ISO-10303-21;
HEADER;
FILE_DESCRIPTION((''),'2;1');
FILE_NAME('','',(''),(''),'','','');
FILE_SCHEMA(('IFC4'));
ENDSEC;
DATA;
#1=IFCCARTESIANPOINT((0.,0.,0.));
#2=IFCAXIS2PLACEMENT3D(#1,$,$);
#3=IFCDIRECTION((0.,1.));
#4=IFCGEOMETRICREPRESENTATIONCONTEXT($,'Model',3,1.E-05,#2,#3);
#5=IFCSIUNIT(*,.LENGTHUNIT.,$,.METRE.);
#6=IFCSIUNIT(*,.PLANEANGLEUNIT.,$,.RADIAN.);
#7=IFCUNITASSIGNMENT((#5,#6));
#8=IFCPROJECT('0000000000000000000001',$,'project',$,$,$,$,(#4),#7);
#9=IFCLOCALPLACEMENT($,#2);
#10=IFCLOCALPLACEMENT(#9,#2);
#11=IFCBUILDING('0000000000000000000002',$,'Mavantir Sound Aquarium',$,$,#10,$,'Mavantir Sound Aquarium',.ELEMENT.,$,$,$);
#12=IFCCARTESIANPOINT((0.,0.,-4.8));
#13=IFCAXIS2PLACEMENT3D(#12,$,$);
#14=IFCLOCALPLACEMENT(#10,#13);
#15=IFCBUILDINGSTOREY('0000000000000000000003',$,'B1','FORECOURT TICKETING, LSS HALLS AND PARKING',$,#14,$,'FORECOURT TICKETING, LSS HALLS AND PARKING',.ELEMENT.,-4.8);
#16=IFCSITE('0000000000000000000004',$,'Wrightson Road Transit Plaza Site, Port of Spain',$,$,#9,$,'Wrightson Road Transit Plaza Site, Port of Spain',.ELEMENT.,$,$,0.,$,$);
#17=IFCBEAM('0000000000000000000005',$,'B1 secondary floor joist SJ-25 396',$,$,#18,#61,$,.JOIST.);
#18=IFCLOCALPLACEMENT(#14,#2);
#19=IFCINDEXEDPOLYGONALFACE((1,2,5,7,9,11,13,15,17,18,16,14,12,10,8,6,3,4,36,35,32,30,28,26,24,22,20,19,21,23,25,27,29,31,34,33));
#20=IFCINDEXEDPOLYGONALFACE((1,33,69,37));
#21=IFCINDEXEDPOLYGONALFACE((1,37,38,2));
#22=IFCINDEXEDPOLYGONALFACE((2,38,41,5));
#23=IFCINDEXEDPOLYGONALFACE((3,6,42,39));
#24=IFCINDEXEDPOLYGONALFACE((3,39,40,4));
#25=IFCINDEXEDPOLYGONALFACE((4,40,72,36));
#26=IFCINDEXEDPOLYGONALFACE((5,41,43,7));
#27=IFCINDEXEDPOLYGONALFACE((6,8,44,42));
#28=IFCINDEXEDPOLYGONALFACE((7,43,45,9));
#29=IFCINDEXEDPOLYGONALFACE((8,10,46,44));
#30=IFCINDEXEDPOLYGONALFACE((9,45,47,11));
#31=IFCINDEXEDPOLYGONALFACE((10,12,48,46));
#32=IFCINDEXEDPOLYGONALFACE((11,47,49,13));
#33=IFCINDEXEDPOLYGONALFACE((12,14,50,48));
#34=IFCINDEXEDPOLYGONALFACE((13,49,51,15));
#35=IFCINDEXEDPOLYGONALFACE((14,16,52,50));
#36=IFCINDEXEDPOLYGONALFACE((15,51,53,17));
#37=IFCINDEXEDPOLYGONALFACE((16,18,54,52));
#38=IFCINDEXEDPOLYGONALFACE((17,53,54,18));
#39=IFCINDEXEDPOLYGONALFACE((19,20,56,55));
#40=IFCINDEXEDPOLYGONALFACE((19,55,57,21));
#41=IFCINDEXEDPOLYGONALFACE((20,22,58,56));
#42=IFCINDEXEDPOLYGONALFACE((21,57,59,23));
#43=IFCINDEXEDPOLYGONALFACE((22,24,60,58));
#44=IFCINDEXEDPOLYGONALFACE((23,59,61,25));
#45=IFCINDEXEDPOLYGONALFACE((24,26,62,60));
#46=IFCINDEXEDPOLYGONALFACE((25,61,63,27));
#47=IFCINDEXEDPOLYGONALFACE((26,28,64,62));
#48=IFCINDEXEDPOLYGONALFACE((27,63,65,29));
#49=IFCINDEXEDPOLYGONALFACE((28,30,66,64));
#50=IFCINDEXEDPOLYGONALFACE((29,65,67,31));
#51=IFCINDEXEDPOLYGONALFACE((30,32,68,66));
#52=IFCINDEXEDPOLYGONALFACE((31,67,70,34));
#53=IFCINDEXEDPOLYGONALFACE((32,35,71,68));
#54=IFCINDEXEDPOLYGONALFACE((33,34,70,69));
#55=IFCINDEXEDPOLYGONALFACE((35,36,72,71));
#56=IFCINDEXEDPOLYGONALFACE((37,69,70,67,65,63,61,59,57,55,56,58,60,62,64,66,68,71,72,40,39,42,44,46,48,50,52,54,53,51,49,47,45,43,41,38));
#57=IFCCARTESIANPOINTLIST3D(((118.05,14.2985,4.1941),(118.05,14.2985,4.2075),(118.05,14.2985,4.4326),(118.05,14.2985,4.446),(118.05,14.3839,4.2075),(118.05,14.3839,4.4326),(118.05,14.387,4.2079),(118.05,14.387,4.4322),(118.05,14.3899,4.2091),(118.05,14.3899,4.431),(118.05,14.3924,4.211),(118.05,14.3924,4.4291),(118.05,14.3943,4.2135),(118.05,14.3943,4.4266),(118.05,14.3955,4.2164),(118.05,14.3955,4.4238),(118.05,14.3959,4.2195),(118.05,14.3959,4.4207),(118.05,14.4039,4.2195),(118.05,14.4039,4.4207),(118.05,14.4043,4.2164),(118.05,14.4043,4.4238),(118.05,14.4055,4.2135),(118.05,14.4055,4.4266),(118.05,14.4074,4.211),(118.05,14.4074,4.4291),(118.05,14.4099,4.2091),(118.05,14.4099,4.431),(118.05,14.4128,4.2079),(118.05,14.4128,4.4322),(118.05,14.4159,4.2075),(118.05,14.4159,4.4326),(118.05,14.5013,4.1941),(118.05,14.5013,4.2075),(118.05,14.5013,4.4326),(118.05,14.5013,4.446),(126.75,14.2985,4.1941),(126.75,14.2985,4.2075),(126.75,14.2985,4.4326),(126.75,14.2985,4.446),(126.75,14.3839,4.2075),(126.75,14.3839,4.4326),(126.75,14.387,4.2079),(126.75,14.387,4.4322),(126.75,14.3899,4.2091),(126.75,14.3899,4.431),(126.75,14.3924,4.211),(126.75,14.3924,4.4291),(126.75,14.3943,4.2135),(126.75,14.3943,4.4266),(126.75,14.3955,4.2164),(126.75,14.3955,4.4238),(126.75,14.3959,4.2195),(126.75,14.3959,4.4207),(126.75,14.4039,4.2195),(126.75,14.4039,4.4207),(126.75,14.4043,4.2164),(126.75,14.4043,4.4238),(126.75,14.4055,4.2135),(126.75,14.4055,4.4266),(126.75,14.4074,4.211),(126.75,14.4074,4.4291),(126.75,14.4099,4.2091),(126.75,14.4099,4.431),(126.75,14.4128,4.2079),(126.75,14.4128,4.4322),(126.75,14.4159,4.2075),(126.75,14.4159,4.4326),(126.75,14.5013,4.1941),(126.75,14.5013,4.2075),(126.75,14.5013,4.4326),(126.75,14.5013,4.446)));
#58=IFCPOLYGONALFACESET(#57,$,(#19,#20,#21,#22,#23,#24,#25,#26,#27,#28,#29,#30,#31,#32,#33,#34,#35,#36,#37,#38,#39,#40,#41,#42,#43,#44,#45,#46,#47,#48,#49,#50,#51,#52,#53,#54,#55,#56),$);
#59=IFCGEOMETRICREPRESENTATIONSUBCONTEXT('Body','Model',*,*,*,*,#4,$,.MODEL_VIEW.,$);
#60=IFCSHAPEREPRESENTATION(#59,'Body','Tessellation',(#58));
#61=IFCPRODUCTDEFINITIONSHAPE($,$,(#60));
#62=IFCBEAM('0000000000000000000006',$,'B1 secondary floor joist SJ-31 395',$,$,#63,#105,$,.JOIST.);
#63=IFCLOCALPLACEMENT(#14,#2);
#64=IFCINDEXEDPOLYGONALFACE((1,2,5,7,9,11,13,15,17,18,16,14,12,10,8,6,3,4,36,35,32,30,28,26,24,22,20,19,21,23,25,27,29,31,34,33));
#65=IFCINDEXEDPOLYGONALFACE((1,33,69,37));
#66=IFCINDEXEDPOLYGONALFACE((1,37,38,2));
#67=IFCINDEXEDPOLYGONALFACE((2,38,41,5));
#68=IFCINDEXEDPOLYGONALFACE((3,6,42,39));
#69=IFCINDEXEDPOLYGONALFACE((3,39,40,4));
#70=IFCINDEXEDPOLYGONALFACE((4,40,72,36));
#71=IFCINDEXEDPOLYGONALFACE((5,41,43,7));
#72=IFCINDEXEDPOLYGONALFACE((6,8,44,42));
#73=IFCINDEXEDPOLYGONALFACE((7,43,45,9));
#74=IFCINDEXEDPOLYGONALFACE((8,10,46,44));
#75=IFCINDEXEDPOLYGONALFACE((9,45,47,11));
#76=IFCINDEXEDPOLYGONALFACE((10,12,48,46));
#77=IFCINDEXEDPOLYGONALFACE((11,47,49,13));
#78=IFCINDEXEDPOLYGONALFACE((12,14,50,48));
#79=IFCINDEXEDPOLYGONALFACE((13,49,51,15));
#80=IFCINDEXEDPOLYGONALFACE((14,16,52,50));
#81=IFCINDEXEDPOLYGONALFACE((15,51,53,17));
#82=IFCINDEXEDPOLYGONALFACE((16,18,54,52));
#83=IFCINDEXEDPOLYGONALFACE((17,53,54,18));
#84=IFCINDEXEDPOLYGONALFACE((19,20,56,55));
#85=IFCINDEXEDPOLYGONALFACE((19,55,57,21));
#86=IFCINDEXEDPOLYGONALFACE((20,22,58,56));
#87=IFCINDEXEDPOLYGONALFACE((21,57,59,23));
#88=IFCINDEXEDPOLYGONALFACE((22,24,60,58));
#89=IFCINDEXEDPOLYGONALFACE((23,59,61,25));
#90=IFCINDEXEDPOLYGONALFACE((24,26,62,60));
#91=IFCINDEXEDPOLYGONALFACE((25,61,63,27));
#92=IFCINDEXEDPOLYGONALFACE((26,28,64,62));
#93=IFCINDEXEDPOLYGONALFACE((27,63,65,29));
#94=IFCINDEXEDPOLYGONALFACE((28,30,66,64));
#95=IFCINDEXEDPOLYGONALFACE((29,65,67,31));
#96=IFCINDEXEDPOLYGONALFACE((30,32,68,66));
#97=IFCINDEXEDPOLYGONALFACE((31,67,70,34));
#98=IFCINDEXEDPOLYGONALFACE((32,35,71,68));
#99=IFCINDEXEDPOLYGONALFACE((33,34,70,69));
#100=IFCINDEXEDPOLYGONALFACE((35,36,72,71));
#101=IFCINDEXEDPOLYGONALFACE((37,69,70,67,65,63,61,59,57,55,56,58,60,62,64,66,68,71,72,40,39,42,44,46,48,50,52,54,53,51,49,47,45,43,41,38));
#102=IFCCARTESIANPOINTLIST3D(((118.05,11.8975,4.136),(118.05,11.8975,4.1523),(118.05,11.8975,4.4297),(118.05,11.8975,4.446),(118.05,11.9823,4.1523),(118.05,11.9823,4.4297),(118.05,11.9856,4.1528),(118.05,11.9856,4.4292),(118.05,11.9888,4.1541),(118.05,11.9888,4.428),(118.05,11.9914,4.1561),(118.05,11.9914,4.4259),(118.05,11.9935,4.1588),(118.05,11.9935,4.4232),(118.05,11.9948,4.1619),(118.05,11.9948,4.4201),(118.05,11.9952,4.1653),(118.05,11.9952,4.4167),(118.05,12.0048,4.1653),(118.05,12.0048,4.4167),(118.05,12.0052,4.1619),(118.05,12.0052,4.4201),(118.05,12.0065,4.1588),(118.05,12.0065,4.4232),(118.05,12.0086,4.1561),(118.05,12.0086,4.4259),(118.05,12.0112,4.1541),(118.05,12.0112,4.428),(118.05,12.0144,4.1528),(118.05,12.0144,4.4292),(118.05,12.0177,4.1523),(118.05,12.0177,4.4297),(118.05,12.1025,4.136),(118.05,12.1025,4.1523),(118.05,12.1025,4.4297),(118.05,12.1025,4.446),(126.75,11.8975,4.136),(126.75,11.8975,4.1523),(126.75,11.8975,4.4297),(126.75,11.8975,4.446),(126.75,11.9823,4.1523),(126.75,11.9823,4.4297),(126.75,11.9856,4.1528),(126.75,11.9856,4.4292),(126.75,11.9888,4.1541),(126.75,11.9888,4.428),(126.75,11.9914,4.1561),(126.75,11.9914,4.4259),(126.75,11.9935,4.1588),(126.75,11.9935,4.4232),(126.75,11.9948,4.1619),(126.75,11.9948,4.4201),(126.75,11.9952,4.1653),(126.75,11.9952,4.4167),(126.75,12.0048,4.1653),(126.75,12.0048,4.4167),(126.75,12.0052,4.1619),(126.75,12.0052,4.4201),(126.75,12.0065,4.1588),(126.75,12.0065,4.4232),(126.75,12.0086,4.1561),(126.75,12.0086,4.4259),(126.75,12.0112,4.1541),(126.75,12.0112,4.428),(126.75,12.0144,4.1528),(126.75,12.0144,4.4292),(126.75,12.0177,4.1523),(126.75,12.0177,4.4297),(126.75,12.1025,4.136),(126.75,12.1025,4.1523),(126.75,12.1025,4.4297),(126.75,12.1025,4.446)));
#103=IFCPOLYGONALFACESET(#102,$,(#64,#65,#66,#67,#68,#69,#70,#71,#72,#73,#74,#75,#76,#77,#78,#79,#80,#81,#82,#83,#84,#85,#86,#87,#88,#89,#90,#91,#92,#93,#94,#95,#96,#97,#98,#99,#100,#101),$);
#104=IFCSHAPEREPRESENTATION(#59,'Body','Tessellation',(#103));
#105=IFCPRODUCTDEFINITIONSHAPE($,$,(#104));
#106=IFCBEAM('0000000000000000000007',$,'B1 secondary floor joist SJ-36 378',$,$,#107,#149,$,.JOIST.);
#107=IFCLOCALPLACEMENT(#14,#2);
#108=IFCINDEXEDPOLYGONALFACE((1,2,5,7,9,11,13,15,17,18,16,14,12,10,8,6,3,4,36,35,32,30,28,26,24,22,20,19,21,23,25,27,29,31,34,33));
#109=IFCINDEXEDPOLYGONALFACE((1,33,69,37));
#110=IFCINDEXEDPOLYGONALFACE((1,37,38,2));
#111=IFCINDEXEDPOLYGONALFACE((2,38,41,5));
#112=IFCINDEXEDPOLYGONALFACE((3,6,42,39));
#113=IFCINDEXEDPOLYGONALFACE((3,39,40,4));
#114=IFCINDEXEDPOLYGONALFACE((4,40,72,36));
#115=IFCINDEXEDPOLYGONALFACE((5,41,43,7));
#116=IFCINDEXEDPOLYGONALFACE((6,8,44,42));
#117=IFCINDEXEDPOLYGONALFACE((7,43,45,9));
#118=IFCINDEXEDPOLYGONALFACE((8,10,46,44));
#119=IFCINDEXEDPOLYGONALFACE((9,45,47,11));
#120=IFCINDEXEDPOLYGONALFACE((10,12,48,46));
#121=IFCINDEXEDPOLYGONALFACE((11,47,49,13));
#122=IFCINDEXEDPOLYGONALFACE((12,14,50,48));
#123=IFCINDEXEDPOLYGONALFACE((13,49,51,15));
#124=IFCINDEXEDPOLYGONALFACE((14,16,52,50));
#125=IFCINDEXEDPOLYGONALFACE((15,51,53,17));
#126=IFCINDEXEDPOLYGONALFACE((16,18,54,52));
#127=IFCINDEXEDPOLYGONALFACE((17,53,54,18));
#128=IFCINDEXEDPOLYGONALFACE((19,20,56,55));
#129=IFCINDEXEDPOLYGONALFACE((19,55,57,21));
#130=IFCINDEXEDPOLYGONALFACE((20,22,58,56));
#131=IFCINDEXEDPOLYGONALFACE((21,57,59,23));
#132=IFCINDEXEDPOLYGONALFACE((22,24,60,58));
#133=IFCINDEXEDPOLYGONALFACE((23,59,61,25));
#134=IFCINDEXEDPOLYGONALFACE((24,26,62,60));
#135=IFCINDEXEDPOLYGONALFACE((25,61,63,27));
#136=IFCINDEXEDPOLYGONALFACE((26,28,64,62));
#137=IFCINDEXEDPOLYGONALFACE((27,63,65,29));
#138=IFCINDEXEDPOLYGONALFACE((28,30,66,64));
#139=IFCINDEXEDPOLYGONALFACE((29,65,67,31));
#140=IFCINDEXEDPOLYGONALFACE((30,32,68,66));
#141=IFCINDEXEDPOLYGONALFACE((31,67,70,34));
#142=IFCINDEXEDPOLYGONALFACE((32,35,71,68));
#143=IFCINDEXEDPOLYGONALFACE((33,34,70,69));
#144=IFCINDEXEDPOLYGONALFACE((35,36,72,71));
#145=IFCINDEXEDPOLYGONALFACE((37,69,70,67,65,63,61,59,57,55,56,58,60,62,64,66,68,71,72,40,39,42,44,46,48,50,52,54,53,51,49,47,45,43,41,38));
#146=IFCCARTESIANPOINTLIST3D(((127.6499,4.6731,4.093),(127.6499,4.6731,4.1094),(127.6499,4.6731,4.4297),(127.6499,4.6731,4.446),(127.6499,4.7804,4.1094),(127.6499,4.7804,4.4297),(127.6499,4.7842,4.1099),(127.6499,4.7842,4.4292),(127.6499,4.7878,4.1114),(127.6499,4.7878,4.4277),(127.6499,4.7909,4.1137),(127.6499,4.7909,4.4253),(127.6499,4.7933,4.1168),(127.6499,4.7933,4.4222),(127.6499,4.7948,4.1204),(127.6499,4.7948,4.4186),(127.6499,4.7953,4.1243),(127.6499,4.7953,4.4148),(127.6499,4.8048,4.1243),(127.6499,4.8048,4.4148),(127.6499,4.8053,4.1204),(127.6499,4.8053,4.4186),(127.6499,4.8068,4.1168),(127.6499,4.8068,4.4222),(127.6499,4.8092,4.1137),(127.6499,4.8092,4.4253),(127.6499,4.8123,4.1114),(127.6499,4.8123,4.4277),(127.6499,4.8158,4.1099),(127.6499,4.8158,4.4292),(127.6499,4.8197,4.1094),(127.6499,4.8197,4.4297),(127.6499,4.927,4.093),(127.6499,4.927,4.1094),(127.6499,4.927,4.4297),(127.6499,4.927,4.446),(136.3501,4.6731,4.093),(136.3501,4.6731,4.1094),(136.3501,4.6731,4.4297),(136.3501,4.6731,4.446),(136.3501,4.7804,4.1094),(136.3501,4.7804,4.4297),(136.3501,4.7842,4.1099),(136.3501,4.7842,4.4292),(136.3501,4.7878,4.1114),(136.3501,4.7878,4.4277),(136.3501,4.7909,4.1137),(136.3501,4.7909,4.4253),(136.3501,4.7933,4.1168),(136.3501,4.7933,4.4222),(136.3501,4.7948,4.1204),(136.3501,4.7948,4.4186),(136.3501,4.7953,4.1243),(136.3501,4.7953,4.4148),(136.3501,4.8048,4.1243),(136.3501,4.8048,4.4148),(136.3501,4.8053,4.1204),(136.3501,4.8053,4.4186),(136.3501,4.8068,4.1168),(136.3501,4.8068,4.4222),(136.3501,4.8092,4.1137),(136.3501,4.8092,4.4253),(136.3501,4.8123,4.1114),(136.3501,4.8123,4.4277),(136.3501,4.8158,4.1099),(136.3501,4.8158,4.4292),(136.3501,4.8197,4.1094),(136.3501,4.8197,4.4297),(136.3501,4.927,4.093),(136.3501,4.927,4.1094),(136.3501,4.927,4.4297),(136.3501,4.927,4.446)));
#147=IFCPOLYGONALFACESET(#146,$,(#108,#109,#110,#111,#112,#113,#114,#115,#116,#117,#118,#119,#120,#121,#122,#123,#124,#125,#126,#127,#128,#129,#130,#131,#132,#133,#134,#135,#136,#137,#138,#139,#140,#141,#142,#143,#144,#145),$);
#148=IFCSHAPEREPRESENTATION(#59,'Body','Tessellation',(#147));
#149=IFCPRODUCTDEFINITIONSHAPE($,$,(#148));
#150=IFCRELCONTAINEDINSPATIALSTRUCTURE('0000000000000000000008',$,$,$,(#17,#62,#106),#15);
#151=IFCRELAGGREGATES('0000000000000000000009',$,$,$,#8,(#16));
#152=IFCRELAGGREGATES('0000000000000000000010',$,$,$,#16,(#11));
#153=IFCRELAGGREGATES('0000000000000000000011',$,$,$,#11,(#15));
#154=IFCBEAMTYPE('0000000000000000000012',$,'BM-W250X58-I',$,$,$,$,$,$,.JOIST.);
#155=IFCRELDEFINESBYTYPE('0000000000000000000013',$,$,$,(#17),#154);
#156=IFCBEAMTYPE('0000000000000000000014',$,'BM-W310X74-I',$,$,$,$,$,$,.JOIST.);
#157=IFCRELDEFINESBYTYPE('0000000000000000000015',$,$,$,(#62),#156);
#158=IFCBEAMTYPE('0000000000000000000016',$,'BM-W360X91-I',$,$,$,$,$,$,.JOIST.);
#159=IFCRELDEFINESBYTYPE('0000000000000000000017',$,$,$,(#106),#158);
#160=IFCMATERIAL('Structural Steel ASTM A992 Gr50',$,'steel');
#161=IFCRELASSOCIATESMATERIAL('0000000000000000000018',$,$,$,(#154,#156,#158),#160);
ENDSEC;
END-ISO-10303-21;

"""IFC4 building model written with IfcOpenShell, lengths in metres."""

from ifc_helpers import new_model, si_unit, direction, frame, origin, origin_2d, place, context, subcontext, project, spatial, i_section, extrude, material, material_profile, profile_set, type_object, element, save


model = new_model("IFC4")

# Units and contexts
model_context = context("Model", 3, precision=1e-05, world=origin(), true_north=direction((0.0, 1.0)))
body_context = subcontext(model_context, "Body", "Model", "MODEL_VIEW")
ifc_project = project(units=[si_unit("LENGTHUNIT", "METRE"), si_unit("PLANEANGLEUNIT", "RADIAN")], contexts=[model_context])

# Site, building, storey
site_placement = place(None, origin())
site = spatial("IfcSite", under=ifc_project, at=site_placement, Name="Wrightson Road Transit Plaza Site, Port of Spain", LongName="Wrightson Road Transit Plaza Site, Port of Spain", CompositionType="ELEMENT", RefElevation=0.0)
building_placement = place(site_placement, origin())
building = spatial("IfcBuilding", under=site, at=building_placement, Name="Mavantir Sound Aquarium", LongName="Mavantir Sound Aquarium", CompositionType="ELEMENT")
storey_placement = place(building_placement, frame((0.0, 0.0, -4.8)))
storey = spatial("IfcBuildingStorey", under=building, at=storey_placement, Name="B1", Description="FORECOURT TICKETING, LSS HALLS AND PARKING", LongName="FORECOURT TICKETING, LSS HALLS AND PARKING", CompositionType="ELEMENT", Elevation=-4.8)

# Beams
ifc_material_1 = material(Name="Structural Steel ASTM A992 Gr50", Category="steel")
ifc_material_profile_1 = material_profile(ifc_material_1, i_section(OverallWidth=0.2029, OverallDepth=0.252, WebThickness=0.0081, FlangeThickness=0.0134, FilletRadius=0.012, at=origin_2d()), Name="W250X58")
ifc_profile_set_1 = profile_set([ifc_material_profile_1], Name="Structural Steel ASTM A992 Gr50")
beam_type_1 = type_object("IfcBeamType", Name="BM-W250X58-I", PredefinedType="JOIST", material=ifc_profile_set_1)
for number, where, z_axis, x_axis, name in (
    (1, (118.05, 14.3999, 4.3201), (1.0, 0.0, 0.0), (0.0, 1.0, 0.0), "B1 secondary floor joist SJ-25 396"),
):
    element("IfcBeam", number, at=place(storey_placement, frame(where, z_axis=z_axis, x_axis=x_axis)), inside=storey, type_object=beam_type_1, Name=name, PredefinedType="JOIST", context=body_context, shape_type="SweptSolid", body=[
        extrude(i_section(OverallWidth=0.2029, OverallDepth=0.252, WebThickness=0.0081, FlangeThickness=0.0134, FilletRadius=0.012, at=origin_2d()), origin(), (0.0, 0.0, 1.0), 8.7),
    ])
ifc_material_profile_2 = material_profile(ifc_material_1, i_section(OverallWidth=0.2051, OverallDepth=0.3101, WebThickness=0.0095, FlangeThickness=0.0164, FilletRadius=0.0129, at=origin_2d()), Name="W310X74")
ifc_profile_set_2 = profile_set([ifc_material_profile_2], Name="Structural Steel ASTM A992 Gr50")
beam_type_2 = type_object("IfcBeamType", Name="BM-W310X74-I", PredefinedType="JOIST", material=ifc_profile_set_2)
beam_1_placement = place(storey_placement, frame((118.05, 12.0, 4.291), z_axis=(1.0, 0.0, 0.0), x_axis=(0.0, 1.0, 0.0)))
element("IfcBeam", 2, at=beam_1_placement, inside=storey, type_object=beam_type_2, Name="B1 secondary floor joist SJ-31 395", PredefinedType="JOIST", context=body_context, shape_type="SweptSolid", body=[
    extrude(i_section(OverallWidth=0.2051, OverallDepth=0.3101, WebThickness=0.0095, FlangeThickness=0.0164, FilletRadius=0.0129, at=origin_2d()), origin(), (0.0, 0.0, 1.0), 8.7),
])
ifc_material_profile_3 = material_profile(ifc_material_1, i_section(OverallWidth=0.2539, OverallDepth=0.353, WebThickness=0.0095, FlangeThickness=0.0164, FilletRadius=0.0149, at=origin_2d()), Name="W360X91")
ifc_profile_set_3 = profile_set([ifc_material_profile_3], Name="Structural Steel ASTM A992 Gr50")
beam_type_3 = type_object("IfcBeamType", Name="BM-W360X91-I", PredefinedType="JOIST", material=ifc_profile_set_3)
beam_2_placement = place(storey_placement, frame((127.6499, 4.8, 4.2695), z_axis=(1.0, 0.0, 0.0), x_axis=(0.0, 1.0, 0.0)))
element("IfcBeam", 3, at=beam_2_placement, inside=storey, type_object=beam_type_3, Name="B1 secondary floor joist SJ-36 378", PredefinedType="JOIST", context=body_context, shape_type="SweptSolid", body=[
    extrude(i_section(OverallWidth=0.2539, OverallDepth=0.353, WebThickness=0.0095, FlangeThickness=0.0164, FilletRadius=0.0149, at=origin_2d()), origin(), (0.0, 0.0, 1.0), 8.7002),
])

save(model, "model.ifc")
